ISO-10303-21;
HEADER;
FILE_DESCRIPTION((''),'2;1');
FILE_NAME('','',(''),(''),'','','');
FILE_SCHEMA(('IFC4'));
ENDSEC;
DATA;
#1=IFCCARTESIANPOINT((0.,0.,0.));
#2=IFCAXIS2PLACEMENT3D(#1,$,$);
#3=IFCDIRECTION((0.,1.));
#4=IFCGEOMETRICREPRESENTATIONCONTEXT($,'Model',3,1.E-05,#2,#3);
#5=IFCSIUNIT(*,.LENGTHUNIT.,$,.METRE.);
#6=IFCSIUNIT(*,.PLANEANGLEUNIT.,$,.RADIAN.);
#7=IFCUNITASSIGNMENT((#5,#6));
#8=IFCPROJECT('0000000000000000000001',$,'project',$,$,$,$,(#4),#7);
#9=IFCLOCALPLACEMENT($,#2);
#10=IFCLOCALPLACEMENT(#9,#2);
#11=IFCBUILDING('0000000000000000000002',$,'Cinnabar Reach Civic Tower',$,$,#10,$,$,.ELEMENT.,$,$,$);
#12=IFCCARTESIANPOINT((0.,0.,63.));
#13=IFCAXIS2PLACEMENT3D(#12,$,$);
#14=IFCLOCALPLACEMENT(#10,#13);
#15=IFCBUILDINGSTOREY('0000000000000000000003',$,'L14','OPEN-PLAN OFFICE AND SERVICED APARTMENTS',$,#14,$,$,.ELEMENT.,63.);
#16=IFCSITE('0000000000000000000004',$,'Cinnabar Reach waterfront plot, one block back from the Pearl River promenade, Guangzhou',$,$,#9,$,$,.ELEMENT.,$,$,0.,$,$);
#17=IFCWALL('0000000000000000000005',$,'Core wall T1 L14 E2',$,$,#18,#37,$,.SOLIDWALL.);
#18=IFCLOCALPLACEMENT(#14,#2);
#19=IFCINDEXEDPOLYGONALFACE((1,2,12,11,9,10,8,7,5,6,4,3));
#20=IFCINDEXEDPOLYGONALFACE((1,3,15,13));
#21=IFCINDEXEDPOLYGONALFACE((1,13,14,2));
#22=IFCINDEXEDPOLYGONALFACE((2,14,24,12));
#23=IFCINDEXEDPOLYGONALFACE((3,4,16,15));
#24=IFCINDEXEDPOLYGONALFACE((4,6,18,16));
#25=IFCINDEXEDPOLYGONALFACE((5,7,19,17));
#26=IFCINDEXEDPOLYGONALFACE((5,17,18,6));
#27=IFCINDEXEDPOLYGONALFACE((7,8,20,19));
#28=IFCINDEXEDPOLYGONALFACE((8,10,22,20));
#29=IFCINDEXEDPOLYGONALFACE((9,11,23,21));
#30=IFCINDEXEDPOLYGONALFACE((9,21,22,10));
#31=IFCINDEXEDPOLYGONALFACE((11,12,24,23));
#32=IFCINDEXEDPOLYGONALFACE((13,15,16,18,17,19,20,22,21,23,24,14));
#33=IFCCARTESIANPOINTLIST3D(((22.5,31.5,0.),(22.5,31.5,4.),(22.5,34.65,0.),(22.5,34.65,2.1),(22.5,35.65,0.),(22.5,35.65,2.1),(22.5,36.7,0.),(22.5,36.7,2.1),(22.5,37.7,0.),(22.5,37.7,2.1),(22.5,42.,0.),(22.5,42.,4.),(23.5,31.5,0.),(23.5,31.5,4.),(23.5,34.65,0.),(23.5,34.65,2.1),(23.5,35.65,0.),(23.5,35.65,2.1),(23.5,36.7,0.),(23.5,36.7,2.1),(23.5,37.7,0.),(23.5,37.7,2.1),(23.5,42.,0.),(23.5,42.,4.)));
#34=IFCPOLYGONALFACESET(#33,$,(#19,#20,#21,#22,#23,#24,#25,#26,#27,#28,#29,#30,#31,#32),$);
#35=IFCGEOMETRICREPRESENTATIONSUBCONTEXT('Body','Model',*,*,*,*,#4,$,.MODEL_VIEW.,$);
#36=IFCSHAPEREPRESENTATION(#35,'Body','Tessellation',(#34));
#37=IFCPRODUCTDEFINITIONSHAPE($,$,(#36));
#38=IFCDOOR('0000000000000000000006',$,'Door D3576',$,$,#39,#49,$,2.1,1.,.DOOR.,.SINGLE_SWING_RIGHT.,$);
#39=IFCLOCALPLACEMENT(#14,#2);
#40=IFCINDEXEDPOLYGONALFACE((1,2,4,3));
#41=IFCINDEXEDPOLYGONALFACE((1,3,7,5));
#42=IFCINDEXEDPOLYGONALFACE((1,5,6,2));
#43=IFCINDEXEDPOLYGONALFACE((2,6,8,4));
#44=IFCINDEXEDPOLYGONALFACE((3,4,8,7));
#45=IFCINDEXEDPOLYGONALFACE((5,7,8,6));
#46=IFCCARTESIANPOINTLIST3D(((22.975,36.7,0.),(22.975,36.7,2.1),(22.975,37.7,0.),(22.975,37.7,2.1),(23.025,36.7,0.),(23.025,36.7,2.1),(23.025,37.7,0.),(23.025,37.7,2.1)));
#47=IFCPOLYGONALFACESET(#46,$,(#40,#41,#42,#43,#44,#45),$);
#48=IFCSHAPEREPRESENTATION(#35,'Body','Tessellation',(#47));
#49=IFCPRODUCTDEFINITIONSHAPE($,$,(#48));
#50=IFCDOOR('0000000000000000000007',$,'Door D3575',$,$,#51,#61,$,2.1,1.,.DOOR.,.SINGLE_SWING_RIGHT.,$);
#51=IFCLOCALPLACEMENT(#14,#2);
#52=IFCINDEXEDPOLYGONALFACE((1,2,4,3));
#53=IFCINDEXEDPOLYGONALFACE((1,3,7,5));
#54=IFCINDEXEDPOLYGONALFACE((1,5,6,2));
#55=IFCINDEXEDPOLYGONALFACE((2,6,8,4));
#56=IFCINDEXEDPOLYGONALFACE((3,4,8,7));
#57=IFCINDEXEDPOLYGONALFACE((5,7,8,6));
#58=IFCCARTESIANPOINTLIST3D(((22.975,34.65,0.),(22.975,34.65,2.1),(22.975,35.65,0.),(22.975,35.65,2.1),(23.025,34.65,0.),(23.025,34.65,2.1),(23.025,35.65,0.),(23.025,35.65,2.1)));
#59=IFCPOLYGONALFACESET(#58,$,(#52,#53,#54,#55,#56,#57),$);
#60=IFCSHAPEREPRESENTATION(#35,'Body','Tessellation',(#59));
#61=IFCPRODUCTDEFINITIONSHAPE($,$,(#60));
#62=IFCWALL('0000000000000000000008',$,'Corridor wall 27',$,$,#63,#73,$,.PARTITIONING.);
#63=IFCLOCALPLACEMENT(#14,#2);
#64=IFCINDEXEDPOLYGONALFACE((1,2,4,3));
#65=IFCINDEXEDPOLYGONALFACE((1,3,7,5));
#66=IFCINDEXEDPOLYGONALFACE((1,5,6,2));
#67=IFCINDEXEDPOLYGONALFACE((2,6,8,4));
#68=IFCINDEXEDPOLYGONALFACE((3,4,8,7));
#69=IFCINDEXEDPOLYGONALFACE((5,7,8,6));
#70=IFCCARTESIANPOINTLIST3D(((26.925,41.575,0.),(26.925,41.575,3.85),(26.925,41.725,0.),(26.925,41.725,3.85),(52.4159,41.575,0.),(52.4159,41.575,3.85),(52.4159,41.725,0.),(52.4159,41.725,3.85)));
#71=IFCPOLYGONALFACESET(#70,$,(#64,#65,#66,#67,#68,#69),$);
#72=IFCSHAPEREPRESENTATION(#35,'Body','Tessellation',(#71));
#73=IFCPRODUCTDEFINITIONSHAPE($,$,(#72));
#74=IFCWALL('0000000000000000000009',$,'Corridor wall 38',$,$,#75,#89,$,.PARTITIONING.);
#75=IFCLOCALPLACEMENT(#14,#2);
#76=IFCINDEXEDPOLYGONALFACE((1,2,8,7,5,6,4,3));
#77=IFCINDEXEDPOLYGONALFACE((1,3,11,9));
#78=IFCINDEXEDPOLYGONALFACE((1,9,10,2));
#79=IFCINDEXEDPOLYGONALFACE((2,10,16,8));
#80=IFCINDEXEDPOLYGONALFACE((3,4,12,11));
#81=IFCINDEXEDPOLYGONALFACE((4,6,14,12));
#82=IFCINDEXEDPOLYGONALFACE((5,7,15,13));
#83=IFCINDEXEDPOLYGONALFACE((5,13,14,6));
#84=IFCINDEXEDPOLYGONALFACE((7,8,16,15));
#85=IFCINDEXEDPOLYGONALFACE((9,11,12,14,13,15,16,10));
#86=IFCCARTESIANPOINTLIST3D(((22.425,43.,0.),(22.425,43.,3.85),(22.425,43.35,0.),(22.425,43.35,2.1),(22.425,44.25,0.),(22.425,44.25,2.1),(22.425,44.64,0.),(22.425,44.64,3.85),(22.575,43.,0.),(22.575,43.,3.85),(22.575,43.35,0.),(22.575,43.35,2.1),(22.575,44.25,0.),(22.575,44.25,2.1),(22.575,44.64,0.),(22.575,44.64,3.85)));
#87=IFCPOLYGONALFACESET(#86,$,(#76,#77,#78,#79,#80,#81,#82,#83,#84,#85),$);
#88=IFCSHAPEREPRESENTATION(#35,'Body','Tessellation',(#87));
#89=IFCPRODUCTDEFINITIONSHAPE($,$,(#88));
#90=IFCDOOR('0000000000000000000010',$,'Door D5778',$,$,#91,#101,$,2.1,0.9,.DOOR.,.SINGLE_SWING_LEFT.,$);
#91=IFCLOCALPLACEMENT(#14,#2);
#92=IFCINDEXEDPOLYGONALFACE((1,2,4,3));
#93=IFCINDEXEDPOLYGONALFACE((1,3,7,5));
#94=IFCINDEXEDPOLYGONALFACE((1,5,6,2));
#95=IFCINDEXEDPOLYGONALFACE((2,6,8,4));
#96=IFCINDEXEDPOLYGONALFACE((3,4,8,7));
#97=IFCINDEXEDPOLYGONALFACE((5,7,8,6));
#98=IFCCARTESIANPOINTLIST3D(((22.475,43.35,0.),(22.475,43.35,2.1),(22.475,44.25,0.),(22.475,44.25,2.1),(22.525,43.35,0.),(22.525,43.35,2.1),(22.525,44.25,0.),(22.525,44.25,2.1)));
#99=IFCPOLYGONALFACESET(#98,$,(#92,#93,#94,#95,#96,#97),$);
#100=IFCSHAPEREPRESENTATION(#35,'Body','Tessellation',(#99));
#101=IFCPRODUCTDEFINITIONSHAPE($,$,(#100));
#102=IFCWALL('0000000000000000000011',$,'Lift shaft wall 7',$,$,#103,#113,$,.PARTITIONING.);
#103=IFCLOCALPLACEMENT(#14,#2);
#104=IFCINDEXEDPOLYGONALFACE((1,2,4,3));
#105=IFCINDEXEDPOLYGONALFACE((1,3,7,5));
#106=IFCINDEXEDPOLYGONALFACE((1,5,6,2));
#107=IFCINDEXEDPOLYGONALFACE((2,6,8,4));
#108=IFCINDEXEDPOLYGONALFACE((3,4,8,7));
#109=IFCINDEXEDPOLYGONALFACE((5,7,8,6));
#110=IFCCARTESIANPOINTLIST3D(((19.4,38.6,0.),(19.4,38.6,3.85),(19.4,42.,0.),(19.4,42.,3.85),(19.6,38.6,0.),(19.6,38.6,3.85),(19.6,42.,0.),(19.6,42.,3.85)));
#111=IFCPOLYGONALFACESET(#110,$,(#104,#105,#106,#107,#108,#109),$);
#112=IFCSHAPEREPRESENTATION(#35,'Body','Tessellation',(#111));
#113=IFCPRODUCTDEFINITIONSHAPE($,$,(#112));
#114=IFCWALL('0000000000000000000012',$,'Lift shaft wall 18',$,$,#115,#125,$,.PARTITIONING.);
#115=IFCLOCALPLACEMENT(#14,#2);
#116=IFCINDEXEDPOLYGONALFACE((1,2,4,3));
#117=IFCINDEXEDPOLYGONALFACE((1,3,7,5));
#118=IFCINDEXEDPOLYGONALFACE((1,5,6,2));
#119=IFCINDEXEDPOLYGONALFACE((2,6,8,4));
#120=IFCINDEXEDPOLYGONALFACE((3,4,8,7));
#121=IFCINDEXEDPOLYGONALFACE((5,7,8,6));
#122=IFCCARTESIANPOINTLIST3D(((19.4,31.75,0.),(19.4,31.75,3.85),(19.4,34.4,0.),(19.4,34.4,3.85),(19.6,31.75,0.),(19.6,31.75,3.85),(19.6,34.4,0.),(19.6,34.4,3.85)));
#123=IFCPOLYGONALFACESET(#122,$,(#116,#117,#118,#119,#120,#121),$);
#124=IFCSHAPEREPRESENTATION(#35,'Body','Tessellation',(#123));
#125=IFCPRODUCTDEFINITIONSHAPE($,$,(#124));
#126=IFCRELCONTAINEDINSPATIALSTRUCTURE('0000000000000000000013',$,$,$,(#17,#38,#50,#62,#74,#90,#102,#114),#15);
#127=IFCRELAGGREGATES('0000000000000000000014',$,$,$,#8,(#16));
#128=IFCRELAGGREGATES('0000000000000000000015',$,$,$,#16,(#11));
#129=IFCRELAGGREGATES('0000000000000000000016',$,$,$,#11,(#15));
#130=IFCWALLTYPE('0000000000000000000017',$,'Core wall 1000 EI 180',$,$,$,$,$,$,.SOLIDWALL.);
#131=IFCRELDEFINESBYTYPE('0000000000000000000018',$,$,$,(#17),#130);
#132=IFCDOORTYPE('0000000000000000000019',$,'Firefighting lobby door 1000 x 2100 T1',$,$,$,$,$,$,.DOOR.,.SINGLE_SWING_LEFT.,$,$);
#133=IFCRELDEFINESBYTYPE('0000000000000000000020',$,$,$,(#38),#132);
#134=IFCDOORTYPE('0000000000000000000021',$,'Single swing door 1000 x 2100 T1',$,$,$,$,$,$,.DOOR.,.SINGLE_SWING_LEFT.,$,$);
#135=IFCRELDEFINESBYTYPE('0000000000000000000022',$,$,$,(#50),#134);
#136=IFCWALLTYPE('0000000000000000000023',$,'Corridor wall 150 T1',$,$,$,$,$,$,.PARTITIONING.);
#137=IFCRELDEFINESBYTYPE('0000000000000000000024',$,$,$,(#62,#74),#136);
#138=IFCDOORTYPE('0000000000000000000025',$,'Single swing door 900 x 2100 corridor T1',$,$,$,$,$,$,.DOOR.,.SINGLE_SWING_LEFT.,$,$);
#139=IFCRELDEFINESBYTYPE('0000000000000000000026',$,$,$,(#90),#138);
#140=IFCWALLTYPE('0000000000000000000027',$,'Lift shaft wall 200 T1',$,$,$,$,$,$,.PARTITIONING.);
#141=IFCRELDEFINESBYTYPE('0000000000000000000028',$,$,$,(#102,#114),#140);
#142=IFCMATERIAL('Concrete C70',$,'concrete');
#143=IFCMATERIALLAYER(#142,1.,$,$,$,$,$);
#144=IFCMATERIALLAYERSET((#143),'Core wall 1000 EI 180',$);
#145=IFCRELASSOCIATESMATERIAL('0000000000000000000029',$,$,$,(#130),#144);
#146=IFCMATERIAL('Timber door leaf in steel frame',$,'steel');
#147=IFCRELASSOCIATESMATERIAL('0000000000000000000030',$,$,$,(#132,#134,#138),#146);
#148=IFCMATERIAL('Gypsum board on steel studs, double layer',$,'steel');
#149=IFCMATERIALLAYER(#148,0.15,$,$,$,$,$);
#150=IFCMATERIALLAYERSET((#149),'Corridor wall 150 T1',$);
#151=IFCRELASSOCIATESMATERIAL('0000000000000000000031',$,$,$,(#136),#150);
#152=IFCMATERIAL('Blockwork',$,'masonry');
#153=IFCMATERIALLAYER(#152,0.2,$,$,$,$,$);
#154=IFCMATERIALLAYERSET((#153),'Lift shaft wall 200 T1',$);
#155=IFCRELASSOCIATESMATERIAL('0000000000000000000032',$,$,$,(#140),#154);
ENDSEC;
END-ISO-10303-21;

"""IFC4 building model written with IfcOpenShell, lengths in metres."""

from ifc_helpers import new_model, si_unit, direction, frame, frame_2d, origin, place, context, subcontext, project, spatial, rectangle, extrude, material, layer, layer_set, type_object, element, fill, save


model = new_model("IFC4")

# Units and contexts
model_context = context("Model", 3, precision=1e-05, world=origin(), true_north=direction((0.0, 1.0)))
body_context = subcontext(model_context, "Body", "Model", "MODEL_VIEW")
ifc_project = project(units=[si_unit("LENGTHUNIT", "METRE"), si_unit("PLANEANGLEUNIT", "RADIAN")], contexts=[model_context])

# Site, building, storey
site_placement = place(None, origin())
site = spatial("IfcSite", under=ifc_project, at=site_placement, Name="Cinnabar Reach waterfront plot, one block back from the Pearl River promenade, Guangzhou", CompositionType="ELEMENT", RefElevation=0.0)
building_placement = place(site_placement, origin())
building = spatial("IfcBuilding", under=site, at=building_placement, Name="Cinnabar Reach Civic Tower", CompositionType="ELEMENT")
storey_placement = place(building_placement, frame((0.0, 0.0, 63.0)))
storey = spatial("IfcBuildingStorey", under=building, at=storey_placement, Name="L14", Description="OPEN-PLAN OFFICE AND SERVICED APARTMENTS", CompositionType="ELEMENT", Elevation=63.0)

# Shared definitions
ifc_material_1 = material(Name="Concrete C70", Category="concrete")

# Shared definitions
ifc_layer_1 = layer(ifc_material_1, 1.0)
ifc_layer_set_1 = layer_set([ifc_layer_1], Name="Core wall 1000 EI 180")
wall_type_1 = type_object("IfcWallType", Name="Core wall 1000 EI 180", PredefinedType="SOLIDWALL", material=ifc_layer_set_1)

# Wall, openings, doors
wall_1_placement = place(storey_placement, frame((23.0, 31.5, 0.0), z_axis=(0.0, 0.0, 1.0), x_axis=(0.0, 1.0, 0.0)))
wall_1 = element("IfcWall", 1, at=wall_1_placement, inside=storey, type_object=wall_type_1, Name="Core wall T1 L14 E2", PredefinedType="SOLIDWALL", context=body_context, shape_type="SweptSolid", body=[
    extrude(rectangle(XDim=10.5, YDim=1.0, at=frame_2d((5.25, 0.0))), origin(), (0.0, 0.0, 1.0), 4.0),
])
opening_1_placement = place(wall_1_placement, frame((3.15, 0.0, 0.0)))
opening_1 = element("IfcOpeningElement", 2, at=opening_1_placement, cuts=wall_1, PredefinedType="OPENING", context=body_context, shape_type="SweptSolid", body=[
    extrude(rectangle(XDim=1.0, YDim=2.1, at=frame_2d((0.5, 1.05))), frame((0.0, 0.51, 0.0), z_axis=(0.0, -1.0, 0.0), x_axis=(1.0, 0.0, 0.0)), (0.0, 0.0, 1.0), 1.02),
])
opening_2_placement = place(wall_1_placement, frame((5.2, 0.0, 0.0)))
opening_2 = element("IfcOpeningElement", 3, at=opening_2_placement, cuts=wall_1, PredefinedType="OPENING", context=body_context, shape_type="SweptSolid", body=[
    extrude(rectangle(XDim=1.0, YDim=2.1, at=frame_2d((0.5, 1.05))), frame((0.0, 0.51, 0.0), z_axis=(0.0, -1.0, 0.0), x_axis=(1.0, 0.0, 0.0)), (0.0, 0.0, 1.0), 1.02),
])
ifc_material_2 = material(Name="Timber door leaf in steel frame", Category="steel")
door_type_1 = type_object("IfcDoorType", Name="Firefighting lobby door 1000 x 2100 T1", OperationType="SINGLE_SWING_LEFT", PredefinedType="DOOR", material=ifc_material_2)
door_1_placement = place(opening_2_placement, origin())
door_1 = element("IfcDoor", 4, at=door_1_placement, inside=storey, type_object=door_type_1, Name="Door D3576", OperationType="SINGLE_SWING_RIGHT", OverallHeight=2.1, OverallWidth=1.0, PredefinedType="DOOR", context=body_context, shape_type="SweptSolid", body=[
    extrude(rectangle(XDim=1.0, YDim=2.1, at=frame_2d((0.5, 1.05))), frame((0.0, 0.025, 0.0), z_axis=(0.0, -1.0, 0.0), x_axis=(1.0, 0.0, 0.0)), (0.0, 0.0, 1.0), 0.05),
])
fill(opening_2, door_1)
door_type_2 = type_object("IfcDoorType", Name="Single swing door 1000 x 2100 T1", OperationType="SINGLE_SWING_LEFT", PredefinedType="DOOR", material=ifc_material_2)
door_2_placement = place(opening_1_placement, origin())
door_2 = element("IfcDoor", 5, at=door_2_placement, inside=storey, type_object=door_type_2, Name="Door D3575", OperationType="SINGLE_SWING_RIGHT", OverallHeight=2.1, OverallWidth=1.0, PredefinedType="DOOR", context=body_context, shape_type="SweptSolid", body=[
    extrude(rectangle(XDim=1.0, YDim=2.1, at=frame_2d((0.5, 1.05))), frame((0.0, 0.025, 0.0), z_axis=(0.0, -1.0, 0.0), x_axis=(1.0, 0.0, 0.0)), (0.0, 0.0, 1.0), 0.05),
])
fill(opening_1, door_2)

# Wall
ifc_material_3 = material(Name="Gypsum board on steel studs, double layer", Category="steel")
ifc_layer_2 = layer(ifc_material_3, 0.15)
ifc_layer_set_2 = layer_set([ifc_layer_2], Name="Corridor wall 150 T1")
wall_type_2 = type_object("IfcWallType", Name="Corridor wall 150 T1", PredefinedType="PARTITIONING", material=ifc_layer_set_2)
wall_2_placement = place(storey_placement, frame((26.925, 41.65, 0.0), z_axis=(0.0, 0.0, 1.0), x_axis=(1.0, 0.0, 0.0)))
element("IfcWall", 6, at=wall_2_placement, inside=storey, type_object=wall_type_2, Name="Corridor wall 27", PredefinedType="PARTITIONING", context=body_context, shape_type="SweptSolid", body=[
    extrude(rectangle(XDim=25.4909, YDim=0.15, at=frame_2d((12.7454, 0.0))), origin(), (0.0, 0.0, 1.0), 3.85),
])

# Wall, opening, door
wall_3_placement = place(storey_placement, frame((22.5, 43.0, 0.0), z_axis=(0.0, 0.0, 1.0), x_axis=(0.0, 1.0, 0.0)))
wall_3 = element("IfcWall", 7, at=wall_3_placement, inside=storey, type_object=wall_type_2, Name="Corridor wall 38", PredefinedType="PARTITIONING", context=body_context, shape_type="SweptSolid", body=[
    extrude(rectangle(XDim=1.64, YDim=0.15, at=frame_2d((0.82, 0.0))), origin(), (0.0, 0.0, 1.0), 3.85),
])
opening_3_placement = place(wall_3_placement, frame((0.35, 0.0, 0.0)))
opening_3 = element("IfcOpeningElement", 8, at=opening_3_placement, cuts=wall_3, PredefinedType="OPENING", context=body_context, shape_type="SweptSolid", body=[
    extrude(rectangle(XDim=0.9, YDim=2.1, at=frame_2d((0.45, 1.05))), frame((0.0, 0.085, 0.0), z_axis=(0.0, -1.0, 0.0), x_axis=(1.0, 0.0, 0.0)), (0.0, 0.0, 1.0), 0.17),
])
door_type_3 = type_object("IfcDoorType", Name="Single swing door 900 x 2100 corridor T1", OperationType="SINGLE_SWING_LEFT", PredefinedType="DOOR", material=ifc_material_2)
door_3_placement = place(opening_3_placement, origin())
door_3 = element("IfcDoor", 9, at=door_3_placement, inside=storey, type_object=door_type_3, Name="Door D5778", OperationType="SINGLE_SWING_LEFT", OverallHeight=2.1, OverallWidth=0.9, PredefinedType="DOOR", context=body_context, shape_type="SweptSolid", body=[
    extrude(rectangle(XDim=0.9, YDim=2.1, at=frame_2d((0.45, 1.05))), frame((0.0, 0.025, 0.0), z_axis=(0.0, -1.0, 0.0), x_axis=(1.0, 0.0, 0.0)), (0.0, 0.0, 1.0), 0.05),
])
fill(opening_3, door_3)

# Walls
ifc_material_4 = material(Name="Blockwork", Category="masonry")
ifc_layer_3 = layer(ifc_material_4, 0.2)
ifc_layer_set_3 = layer_set([ifc_layer_3], Name="Lift shaft wall 200 T1")
wall_type_3 = type_object("IfcWallType", Name="Lift shaft wall 200 T1", PredefinedType="PARTITIONING", material=ifc_layer_set_3)
wall_4_placement = place(storey_placement, frame((19.5, 38.6, 0.0), z_axis=(0.0, 0.0, 1.0), x_axis=(0.0, 1.0, 0.0)))
element("IfcWall", 10, at=wall_4_placement, inside=storey, type_object=wall_type_3, Name="Lift shaft wall 7", PredefinedType="PARTITIONING", context=body_context, shape_type="SweptSolid", body=[
    extrude(rectangle(XDim=3.4, YDim=0.2, at=frame_2d((1.7, 0.0))), origin(), (0.0, 0.0, 1.0), 3.85),
])
wall_5_placement = place(storey_placement, frame((19.5, 31.75, 0.0), z_axis=(0.0, 0.0, 1.0), x_axis=(0.0, 1.0, 0.0)))
element("IfcWall", 11, at=wall_5_placement, inside=storey, type_object=wall_type_3, Name="Lift shaft wall 18", PredefinedType="PARTITIONING", context=body_context, shape_type="SweptSolid", body=[
    extrude(rectangle(XDim=2.65, YDim=0.2, at=frame_2d((1.325, 0.0))), origin(), (0.0, 0.0, 1.0), 3.85),
])

save(model, "model.ifc")
